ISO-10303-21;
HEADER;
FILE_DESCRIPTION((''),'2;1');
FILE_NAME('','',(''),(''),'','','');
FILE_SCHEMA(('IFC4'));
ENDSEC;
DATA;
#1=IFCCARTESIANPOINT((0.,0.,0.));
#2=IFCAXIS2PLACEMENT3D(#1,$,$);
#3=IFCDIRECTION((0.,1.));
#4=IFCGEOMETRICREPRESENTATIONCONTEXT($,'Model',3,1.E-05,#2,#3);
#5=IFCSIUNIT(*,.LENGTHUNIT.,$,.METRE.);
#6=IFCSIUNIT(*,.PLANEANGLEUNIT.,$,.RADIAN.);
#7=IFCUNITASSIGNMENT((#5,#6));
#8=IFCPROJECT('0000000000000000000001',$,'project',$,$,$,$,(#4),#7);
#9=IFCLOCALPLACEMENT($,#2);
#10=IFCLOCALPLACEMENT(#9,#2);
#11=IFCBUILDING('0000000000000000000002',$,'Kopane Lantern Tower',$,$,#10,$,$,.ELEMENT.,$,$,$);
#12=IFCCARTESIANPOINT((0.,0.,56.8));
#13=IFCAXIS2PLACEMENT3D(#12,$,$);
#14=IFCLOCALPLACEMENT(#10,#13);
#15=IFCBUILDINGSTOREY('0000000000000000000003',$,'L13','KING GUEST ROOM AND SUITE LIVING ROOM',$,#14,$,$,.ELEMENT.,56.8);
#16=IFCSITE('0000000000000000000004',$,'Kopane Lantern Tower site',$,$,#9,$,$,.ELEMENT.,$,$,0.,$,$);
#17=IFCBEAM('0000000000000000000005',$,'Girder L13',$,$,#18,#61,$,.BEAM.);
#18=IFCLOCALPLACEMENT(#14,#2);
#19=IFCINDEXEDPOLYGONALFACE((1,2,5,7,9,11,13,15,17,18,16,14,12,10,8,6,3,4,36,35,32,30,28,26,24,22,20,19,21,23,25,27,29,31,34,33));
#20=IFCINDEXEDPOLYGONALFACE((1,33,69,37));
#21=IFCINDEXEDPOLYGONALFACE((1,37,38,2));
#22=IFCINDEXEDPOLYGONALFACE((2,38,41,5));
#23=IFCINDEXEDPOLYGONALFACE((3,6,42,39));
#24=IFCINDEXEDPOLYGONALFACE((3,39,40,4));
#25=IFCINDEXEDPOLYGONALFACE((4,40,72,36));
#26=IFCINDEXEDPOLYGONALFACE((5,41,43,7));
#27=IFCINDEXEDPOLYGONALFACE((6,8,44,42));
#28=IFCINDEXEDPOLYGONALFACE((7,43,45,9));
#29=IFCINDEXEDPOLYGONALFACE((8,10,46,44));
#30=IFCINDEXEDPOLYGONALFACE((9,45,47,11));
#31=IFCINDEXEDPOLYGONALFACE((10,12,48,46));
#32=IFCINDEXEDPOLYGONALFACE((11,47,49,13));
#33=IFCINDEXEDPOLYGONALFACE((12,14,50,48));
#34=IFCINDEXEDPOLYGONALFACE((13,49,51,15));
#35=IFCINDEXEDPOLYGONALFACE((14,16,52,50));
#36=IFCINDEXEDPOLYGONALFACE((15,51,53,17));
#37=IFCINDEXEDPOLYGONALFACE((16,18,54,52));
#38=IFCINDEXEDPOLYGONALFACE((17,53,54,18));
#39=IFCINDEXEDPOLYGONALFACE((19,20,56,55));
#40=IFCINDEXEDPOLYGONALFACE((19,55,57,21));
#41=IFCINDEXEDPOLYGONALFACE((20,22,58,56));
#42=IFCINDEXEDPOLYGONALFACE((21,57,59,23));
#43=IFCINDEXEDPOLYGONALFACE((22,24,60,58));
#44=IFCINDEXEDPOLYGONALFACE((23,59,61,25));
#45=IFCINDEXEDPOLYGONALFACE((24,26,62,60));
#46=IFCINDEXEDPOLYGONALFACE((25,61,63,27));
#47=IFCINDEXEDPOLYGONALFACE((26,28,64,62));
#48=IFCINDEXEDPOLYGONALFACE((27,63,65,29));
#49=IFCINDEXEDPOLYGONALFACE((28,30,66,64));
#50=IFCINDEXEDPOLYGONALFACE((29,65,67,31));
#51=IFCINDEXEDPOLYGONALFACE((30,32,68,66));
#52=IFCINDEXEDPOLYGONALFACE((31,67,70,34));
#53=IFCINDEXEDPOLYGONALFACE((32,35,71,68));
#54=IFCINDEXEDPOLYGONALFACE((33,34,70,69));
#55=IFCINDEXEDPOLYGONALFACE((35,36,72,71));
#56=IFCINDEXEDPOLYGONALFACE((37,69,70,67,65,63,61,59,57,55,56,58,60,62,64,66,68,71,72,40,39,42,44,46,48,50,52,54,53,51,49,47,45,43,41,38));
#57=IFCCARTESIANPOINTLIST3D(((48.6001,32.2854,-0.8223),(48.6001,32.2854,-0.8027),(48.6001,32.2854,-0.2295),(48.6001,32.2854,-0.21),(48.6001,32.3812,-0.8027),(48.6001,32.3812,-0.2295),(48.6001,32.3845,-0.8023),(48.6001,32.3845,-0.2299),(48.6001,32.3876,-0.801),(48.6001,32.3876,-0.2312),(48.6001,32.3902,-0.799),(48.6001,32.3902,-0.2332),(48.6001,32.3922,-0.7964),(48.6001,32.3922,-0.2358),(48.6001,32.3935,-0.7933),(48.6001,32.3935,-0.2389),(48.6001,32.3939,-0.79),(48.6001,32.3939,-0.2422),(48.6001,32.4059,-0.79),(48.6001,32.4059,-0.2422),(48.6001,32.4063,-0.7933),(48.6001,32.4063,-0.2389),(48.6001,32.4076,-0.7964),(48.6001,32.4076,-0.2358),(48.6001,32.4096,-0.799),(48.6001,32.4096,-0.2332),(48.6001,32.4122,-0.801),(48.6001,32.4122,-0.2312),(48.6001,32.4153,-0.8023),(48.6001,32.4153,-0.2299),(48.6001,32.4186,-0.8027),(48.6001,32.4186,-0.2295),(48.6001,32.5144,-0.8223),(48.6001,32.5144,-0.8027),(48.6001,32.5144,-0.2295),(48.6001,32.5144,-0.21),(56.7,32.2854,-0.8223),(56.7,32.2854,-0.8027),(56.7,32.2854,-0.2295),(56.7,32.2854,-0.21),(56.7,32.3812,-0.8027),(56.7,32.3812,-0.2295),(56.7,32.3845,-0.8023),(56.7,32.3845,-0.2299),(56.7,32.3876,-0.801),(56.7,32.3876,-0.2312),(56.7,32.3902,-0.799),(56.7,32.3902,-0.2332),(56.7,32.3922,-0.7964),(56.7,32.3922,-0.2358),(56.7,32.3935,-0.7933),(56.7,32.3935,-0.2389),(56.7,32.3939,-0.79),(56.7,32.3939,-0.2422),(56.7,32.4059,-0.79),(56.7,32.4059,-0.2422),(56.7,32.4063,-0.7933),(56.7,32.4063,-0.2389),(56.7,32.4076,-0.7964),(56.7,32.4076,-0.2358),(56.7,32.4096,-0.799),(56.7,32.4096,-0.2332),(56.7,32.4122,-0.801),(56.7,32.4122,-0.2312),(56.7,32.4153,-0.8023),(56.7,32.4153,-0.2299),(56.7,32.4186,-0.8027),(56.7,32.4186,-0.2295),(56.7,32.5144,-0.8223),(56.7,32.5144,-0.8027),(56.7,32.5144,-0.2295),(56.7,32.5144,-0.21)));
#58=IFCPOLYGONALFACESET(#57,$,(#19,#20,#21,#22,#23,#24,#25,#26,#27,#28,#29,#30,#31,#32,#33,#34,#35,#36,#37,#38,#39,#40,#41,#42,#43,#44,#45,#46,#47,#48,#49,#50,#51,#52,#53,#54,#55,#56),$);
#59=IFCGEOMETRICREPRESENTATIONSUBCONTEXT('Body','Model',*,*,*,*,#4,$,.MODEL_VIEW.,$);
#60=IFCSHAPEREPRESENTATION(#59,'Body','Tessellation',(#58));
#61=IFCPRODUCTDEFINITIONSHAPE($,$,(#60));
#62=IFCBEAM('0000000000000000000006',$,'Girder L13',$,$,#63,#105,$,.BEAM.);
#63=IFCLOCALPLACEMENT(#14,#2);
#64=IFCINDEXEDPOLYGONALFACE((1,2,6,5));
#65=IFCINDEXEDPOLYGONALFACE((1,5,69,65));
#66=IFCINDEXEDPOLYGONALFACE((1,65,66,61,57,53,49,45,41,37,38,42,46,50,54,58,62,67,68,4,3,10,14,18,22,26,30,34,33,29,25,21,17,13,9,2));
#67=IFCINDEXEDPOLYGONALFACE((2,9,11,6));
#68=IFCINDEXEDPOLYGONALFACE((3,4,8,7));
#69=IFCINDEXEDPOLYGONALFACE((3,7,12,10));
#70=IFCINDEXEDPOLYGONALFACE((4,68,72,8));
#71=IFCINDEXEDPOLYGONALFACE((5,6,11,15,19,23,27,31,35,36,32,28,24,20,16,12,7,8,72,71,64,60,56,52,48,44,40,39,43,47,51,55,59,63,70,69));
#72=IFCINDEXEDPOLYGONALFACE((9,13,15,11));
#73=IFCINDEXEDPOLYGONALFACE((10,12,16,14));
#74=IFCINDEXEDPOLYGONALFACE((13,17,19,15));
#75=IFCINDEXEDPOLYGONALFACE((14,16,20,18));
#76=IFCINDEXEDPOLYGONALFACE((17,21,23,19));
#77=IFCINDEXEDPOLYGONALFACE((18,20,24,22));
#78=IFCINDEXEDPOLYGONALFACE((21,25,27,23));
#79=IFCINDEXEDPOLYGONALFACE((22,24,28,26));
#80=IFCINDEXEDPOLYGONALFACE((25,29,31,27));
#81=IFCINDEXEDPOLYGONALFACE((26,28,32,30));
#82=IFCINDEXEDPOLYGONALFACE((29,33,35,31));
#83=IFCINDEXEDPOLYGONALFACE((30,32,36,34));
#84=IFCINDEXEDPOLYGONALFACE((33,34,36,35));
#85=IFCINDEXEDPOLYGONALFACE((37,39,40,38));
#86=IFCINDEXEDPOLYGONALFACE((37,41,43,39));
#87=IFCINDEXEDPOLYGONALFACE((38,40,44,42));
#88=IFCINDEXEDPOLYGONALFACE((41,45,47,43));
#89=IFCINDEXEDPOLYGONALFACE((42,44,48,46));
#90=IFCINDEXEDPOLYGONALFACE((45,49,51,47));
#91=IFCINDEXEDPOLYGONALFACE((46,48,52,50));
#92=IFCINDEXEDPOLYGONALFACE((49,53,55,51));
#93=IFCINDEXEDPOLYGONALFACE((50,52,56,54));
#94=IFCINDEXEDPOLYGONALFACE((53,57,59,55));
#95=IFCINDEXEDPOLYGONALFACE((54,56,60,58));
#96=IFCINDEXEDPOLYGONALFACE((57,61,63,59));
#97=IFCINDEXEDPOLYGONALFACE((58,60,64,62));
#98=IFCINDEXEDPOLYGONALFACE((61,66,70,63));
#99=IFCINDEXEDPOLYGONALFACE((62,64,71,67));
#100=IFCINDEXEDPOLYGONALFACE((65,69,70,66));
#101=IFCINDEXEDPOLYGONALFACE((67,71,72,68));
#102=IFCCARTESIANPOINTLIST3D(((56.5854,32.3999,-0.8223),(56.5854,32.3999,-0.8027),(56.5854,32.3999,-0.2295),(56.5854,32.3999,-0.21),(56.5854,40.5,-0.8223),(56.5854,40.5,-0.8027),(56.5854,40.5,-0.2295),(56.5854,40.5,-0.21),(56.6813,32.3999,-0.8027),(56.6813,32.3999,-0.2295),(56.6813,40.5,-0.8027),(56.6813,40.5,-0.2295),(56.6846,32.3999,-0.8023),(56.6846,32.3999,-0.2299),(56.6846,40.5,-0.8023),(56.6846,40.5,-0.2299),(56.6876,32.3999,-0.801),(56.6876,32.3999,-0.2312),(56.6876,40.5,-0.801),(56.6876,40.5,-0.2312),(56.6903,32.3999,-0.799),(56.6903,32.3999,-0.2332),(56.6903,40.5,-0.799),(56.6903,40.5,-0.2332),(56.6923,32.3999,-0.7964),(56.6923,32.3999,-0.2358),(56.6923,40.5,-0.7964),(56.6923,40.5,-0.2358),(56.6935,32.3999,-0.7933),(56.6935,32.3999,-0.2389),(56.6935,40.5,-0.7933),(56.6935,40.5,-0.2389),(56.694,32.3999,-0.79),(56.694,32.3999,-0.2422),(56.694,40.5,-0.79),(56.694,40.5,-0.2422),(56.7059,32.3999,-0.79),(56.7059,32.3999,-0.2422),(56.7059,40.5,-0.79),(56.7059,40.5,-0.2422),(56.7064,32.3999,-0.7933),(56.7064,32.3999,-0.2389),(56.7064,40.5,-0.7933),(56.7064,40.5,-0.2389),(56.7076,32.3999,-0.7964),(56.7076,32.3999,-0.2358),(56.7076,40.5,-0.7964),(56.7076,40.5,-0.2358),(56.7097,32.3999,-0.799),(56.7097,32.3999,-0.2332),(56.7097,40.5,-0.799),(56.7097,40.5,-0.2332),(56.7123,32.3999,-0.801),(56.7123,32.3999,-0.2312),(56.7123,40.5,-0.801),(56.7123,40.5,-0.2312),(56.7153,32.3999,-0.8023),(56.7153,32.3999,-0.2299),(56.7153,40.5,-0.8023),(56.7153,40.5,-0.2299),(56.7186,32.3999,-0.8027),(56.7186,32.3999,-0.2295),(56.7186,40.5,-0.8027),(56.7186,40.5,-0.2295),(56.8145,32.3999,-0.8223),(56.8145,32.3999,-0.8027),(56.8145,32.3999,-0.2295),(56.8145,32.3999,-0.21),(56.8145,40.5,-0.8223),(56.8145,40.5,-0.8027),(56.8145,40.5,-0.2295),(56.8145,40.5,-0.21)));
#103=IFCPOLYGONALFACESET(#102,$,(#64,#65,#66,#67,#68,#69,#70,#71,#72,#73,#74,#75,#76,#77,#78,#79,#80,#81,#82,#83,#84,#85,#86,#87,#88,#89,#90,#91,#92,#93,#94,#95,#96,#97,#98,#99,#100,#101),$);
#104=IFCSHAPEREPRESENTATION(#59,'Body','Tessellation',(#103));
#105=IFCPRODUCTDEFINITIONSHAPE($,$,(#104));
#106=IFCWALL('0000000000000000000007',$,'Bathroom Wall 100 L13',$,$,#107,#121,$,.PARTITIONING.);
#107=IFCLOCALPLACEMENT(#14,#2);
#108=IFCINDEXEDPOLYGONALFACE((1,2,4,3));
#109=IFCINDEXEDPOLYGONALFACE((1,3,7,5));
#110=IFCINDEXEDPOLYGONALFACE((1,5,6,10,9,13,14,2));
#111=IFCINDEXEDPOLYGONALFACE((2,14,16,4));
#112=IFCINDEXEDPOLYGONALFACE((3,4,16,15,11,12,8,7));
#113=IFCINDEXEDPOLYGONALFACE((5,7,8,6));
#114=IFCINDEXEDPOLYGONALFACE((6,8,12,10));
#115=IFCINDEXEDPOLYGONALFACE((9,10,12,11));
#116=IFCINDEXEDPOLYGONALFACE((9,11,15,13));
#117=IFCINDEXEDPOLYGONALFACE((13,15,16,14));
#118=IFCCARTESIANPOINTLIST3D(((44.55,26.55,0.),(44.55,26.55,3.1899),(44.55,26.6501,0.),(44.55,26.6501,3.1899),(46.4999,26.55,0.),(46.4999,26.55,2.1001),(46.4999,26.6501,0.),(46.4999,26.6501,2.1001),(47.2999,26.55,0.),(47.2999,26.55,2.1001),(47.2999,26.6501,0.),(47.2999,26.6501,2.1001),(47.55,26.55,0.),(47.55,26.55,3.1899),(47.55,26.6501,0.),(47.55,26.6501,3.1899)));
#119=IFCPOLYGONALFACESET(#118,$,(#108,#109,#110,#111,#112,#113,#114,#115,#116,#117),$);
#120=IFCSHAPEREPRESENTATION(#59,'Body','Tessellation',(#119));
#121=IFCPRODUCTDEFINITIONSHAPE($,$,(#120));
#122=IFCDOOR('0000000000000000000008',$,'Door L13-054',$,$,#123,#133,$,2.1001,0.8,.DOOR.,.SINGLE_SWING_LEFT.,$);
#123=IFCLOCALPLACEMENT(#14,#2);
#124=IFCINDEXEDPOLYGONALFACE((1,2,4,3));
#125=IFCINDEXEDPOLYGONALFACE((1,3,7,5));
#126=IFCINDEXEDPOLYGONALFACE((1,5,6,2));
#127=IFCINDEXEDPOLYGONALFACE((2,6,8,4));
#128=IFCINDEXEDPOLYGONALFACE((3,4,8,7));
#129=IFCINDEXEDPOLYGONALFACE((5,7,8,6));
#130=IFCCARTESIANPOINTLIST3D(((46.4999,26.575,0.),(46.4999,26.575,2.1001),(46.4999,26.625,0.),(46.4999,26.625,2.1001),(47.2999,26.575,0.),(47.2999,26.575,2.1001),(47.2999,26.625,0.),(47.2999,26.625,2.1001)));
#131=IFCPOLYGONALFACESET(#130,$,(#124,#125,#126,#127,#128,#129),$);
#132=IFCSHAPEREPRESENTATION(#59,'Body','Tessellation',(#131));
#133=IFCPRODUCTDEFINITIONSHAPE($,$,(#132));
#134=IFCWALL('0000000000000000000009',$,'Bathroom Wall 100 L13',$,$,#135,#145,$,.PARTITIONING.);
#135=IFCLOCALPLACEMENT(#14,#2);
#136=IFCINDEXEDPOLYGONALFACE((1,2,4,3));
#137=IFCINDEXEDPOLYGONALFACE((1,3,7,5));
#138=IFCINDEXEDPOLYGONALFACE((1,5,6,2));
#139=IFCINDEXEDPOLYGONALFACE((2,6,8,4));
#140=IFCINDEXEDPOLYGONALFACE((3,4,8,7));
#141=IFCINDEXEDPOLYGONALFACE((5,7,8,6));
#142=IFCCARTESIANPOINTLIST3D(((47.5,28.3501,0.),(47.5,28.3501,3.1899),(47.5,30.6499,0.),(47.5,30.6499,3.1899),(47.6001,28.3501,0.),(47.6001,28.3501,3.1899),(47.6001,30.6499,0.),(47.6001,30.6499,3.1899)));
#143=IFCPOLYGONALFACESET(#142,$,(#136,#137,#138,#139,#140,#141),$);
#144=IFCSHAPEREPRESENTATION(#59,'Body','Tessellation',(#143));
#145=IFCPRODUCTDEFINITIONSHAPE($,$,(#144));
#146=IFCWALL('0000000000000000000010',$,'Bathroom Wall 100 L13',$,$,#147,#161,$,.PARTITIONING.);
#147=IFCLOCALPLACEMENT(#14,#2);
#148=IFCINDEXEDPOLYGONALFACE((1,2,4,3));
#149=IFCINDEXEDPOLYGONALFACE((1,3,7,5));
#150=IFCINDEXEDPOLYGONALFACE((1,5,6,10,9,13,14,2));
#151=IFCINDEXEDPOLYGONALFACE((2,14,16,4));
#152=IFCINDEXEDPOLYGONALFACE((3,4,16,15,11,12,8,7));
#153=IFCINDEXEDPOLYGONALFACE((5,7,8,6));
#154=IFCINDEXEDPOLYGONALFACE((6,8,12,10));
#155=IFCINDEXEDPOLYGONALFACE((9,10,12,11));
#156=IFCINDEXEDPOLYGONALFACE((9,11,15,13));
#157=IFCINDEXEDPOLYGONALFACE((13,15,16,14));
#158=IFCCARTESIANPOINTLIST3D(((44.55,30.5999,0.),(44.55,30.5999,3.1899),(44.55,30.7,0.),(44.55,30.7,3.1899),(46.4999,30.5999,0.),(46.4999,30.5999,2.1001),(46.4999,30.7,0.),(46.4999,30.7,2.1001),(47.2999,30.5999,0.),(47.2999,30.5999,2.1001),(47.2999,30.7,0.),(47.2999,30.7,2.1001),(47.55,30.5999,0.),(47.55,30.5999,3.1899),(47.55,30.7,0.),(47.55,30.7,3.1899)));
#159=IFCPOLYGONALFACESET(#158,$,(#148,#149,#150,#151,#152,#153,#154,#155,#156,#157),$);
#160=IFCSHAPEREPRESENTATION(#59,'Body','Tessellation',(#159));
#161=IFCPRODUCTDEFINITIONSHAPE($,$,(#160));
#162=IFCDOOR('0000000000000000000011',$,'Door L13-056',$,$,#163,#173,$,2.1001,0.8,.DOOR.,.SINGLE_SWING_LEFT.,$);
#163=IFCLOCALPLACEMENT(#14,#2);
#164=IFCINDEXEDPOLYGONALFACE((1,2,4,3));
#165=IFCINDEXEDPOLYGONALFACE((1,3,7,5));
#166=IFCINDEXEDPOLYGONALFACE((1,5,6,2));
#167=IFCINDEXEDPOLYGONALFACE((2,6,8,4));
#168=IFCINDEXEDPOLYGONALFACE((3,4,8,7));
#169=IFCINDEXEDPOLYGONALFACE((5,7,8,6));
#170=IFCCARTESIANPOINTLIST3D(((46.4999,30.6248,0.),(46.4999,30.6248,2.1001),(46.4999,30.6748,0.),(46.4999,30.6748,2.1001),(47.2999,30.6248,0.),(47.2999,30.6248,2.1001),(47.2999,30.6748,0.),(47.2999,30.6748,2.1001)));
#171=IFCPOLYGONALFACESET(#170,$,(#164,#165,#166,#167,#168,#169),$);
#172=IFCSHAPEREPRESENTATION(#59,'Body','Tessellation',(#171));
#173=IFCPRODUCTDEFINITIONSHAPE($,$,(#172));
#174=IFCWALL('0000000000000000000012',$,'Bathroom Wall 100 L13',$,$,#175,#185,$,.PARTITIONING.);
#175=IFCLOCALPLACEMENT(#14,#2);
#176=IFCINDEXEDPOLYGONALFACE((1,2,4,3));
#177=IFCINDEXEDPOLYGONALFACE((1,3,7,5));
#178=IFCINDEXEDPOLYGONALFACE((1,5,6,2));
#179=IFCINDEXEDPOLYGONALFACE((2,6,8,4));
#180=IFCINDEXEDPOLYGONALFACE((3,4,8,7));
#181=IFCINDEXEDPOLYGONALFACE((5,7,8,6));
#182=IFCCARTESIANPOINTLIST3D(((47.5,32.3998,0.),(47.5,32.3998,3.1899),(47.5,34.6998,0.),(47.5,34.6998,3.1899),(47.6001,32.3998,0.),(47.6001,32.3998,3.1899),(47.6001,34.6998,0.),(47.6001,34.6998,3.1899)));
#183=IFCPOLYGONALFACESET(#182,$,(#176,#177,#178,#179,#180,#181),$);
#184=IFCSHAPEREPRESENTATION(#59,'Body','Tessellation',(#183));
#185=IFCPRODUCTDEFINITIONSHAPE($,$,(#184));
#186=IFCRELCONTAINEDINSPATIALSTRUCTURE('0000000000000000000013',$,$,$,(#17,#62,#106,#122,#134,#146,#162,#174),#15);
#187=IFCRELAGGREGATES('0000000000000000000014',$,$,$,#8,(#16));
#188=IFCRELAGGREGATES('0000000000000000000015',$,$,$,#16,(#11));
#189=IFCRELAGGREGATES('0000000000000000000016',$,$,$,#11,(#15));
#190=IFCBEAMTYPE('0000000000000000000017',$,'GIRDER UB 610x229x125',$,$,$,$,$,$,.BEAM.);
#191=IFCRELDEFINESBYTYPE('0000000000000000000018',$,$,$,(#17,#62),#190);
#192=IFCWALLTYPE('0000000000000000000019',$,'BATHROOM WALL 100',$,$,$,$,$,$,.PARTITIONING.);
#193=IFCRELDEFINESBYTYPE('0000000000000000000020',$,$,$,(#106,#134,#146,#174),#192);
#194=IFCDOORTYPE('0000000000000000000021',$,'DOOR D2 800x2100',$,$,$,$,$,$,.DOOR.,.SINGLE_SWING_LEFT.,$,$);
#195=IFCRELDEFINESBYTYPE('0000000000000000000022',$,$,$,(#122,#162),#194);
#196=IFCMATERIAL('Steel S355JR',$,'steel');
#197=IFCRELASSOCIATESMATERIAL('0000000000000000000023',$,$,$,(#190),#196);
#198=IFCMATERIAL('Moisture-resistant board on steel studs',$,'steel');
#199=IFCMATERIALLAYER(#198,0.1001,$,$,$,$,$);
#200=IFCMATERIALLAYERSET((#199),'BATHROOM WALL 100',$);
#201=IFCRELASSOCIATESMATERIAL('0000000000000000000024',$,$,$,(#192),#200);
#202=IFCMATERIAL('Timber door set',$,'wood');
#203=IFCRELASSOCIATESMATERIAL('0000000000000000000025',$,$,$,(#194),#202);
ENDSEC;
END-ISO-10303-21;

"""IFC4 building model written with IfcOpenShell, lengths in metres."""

from ifc_helpers import new_model, si_unit, direction, frame, frame_2d, origin, origin_2d, place, context, subcontext, project, spatial, rectangle, i_section, extrude, material, layer, layer_set, material_profile, profile_set, type_object, element, fill, save


model = new_model("IFC4")

# Units and contexts
model_context = context("Model", 3, precision=1e-05, world=origin(), true_north=direction((0.0, 1.0)))
body_context = subcontext(model_context, "Body", "Model", "MODEL_VIEW")
ifc_project = project(units=[si_unit("LENGTHUNIT", "METRE"), si_unit("PLANEANGLEUNIT", "RADIAN")], contexts=[model_context])

# Site, building, storey
site_placement = place(None, origin())
site = spatial("IfcSite", under=ifc_project, at=site_placement, Name="Kopane Lantern Tower site", CompositionType="ELEMENT", RefElevation=0.0)
building_placement = place(site_placement, origin())
building = spatial("IfcBuilding", under=site, at=building_placement, Name="Kopane Lantern Tower", CompositionType="ELEMENT")
storey_placement = place(building_placement, frame((0.0, 0.0, 56.8)))
storey = spatial("IfcBuildingStorey", under=building, at=storey_placement, Name="L13", Description="KING GUEST ROOM AND SUITE LIVING ROOM", CompositionType="ELEMENT", Elevation=56.8)

# Beams
ifc_material_1 = material(Name="Steel S355JR", Category="steel")
ifc_material_profile_1 = material_profile(ifc_material_1, i_section(OverallWidth=0.229, OverallDepth=0.6123, WebThickness=0.012, FlangeThickness=0.0195, FilletRadius=0.0127, at=origin_2d()), Name="UB 610x229x125")
ifc_profile_set_1 = profile_set([ifc_material_profile_1], Name="Steel S355JR")
beam_type = type_object("IfcBeamType", Name="GIRDER UB 610x229x125", PredefinedType="BEAM", material=ifc_profile_set_1)
beam_1_placement = place(storey_placement, frame((48.6001, 32.3999, -0.5161), z_axis=(1.0, 0.0, 0.0), x_axis=(0.0, 1.0, 0.0)))
element("IfcBeam", 1, at=beam_1_placement, inside=storey, type_object=beam_type, Name="Girder L13", PredefinedType="BEAM", context=body_context, shape_type="SweptSolid", body=[
    extrude(i_section(OverallWidth=0.229, OverallDepth=0.6123, WebThickness=0.012, FlangeThickness=0.0195, FilletRadius=0.0127, at=origin_2d()), origin(), (0.0, 0.0, 1.0), 8.0999),
])
beam_2_placement = place(storey_placement, frame((56.7, 32.3999, -0.5161), z_axis=(0.0, 1.0, 0.0), x_axis=(-1.0, 0.0, 0.0)))
element("IfcBeam", 2, at=beam_2_placement, inside=storey, type_object=beam_type, Name="Girder L13", PredefinedType="BEAM", context=body_context, shape_type="SweptSolid", body=[
    extrude(i_section(OverallWidth=0.229, OverallDepth=0.6123, WebThickness=0.012, FlangeThickness=0.0195, FilletRadius=0.0127, at=origin_2d()), origin(), (0.0, 0.0, 1.0), 8.1001),
])

# Wall, opening, door
ifc_material_2 = material(Name="Moisture-resistant board on steel studs", Category="steel")
ifc_layer_1 = layer(ifc_material_2, 0.1001)
ifc_layer_set_1 = layer_set([ifc_layer_1], Name="BATHROOM WALL 100")
wall_type_1 = type_object("IfcWallType", Name="BATHROOM WALL 100", PredefinedType="PARTITIONING", material=ifc_layer_set_1)
wall_1_placement = place(storey_placement, frame((44.55, 26.6001, 0.0), z_axis=(0.0, 0.0, 1.0), x_axis=(1.0, 0.0, 0.0)))
wall_1 = element("IfcWall", 3, at=wall_1_placement, inside=storey, type_object=wall_type_1, Name="Bathroom Wall 100 L13", PredefinedType="PARTITIONING", context=body_context, shape_type="SweptSolid", body=[
    extrude(rectangle(XDim=3.0, YDim=0.1001, at=frame_2d((1.5, 0.0))), origin(), (0.0, 0.0, 1.0), 3.1899),
])
opening_1_placement = place(wall_1_placement, frame((1.95, 0.0, 0.0)))
opening_1 = element("IfcOpeningElement", 4, at=opening_1_placement, cuts=wall_1, PredefinedType="OPENING", context=body_context, shape_type="SweptSolid", body=[
    extrude(rectangle(XDim=0.8, YDim=2.1001, at=frame_2d((0.3999, 1.05))), frame((0.0, 0.0601, 0.0), z_axis=(0.0, -1.0, 0.0), x_axis=(1.0, 0.0, 0.0)), (0.0, 0.0, 1.0), 0.1201),
])
ifc_material_3 = material(Name="Timber door set", Category="wood")
door_type = type_object("IfcDoorType", Name="DOOR D2 800x2100", OperationType="SINGLE_SWING_LEFT", PredefinedType="DOOR", material=ifc_material_3)
door_1_placement = place(opening_1_placement, origin())
door_1 = element("IfcDoor", 5, at=door_1_placement, inside=storey, type_object=door_type, Name="Door L13-054", OperationType="SINGLE_SWING_LEFT", OverallHeight=2.1001, OverallWidth=0.8, PredefinedType="DOOR", context=body_context, shape_type="SweptSolid", body=[
    extrude(rectangle(XDim=0.8, YDim=2.1001, at=frame_2d((0.3999, 1.05))), frame((0.0, 0.0249, 0.0), z_axis=(0.0, -1.0, 0.0), x_axis=(1.0, 0.0, 0.0)), (0.0, 0.0, 1.0), 0.05),
])
fill(opening_1, door_1)

# Wall
wall_2_placement = place(storey_placement, frame((47.55, 28.3501, 0.0), z_axis=(0.0, 0.0, 1.0), x_axis=(0.0, 1.0, 0.0)))
element("IfcWall", 6, at=wall_2_placement, inside=storey, type_object=wall_type_1, Name="Bathroom Wall 100 L13", PredefinedType="PARTITIONING", context=body_context, shape_type="SweptSolid", body=[
    extrude(rectangle(XDim=2.2998, YDim=0.1001, at=frame_2d((1.1499, 0.0))), origin(), (0.0, 0.0, 1.0), 3.1899),
])

# Wall, opening, door
wall_3_placement = place(storey_placement, frame((44.55, 30.6499, 0.0), z_axis=(0.0, 0.0, 1.0), x_axis=(1.0, 0.0, 0.0)))
wall_3 = element("IfcWall", 7, at=wall_3_placement, inside=storey, type_object=wall_type_1, Name="Bathroom Wall 100 L13", PredefinedType="PARTITIONING", context=body_context, shape_type="SweptSolid", body=[
    extrude(rectangle(XDim=3.0, YDim=0.1001, at=frame_2d((1.5, 0.0))), origin(), (0.0, 0.0, 1.0), 3.1899),
])
opening_2_placement = place(wall_3_placement, frame((1.95, 0.0, 0.0)))
opening_2 = element("IfcOpeningElement", 8, at=opening_2_placement, cuts=wall_3, PredefinedType="OPENING", context=body_context, shape_type="SweptSolid", body=[
    extrude(rectangle(XDim=0.8, YDim=2.1001, at=frame_2d((0.3999, 1.05))), frame((0.0, 0.0601, 0.0), z_axis=(0.0, -1.0, 0.0), x_axis=(1.0, 0.0, 0.0)), (0.0, 0.0, 1.0), 0.1201),
])
door_2_placement = place(opening_2_placement, origin())
door_2 = element("IfcDoor", 9, at=door_2_placement, inside=storey, type_object=door_type, Name="Door L13-056", OperationType="SINGLE_SWING_LEFT", OverallHeight=2.1001, OverallWidth=0.8, PredefinedType="DOOR", context=body_context, shape_type="SweptSolid", body=[
    extrude(rectangle(XDim=0.8, YDim=2.1001, at=frame_2d((0.3999, 1.05))), frame((0.0, 0.0249, 0.0), z_axis=(0.0, -1.0, 0.0), x_axis=(1.0, 0.0, 0.0)), (0.0, 0.0, 1.0), 0.05),
])
fill(opening_2, door_2)

# Wall
wall_4_placement = place(storey_placement, frame((47.55, 32.3999, 0.0), z_axis=(0.0, 0.0, 1.0), x_axis=(0.0, 1.0, 0.0)))
element("IfcWall", 10, at=wall_4_placement, inside=storey, type_object=wall_type_1, Name="Bathroom Wall 100 L13", PredefinedType="PARTITIONING", context=body_context, shape_type="SweptSolid", body=[
    extrude(rectangle(XDim=2.3, YDim=0.1001, at=frame_2d((1.1499, 0.0))), origin(), (0.0, 0.0, 1.0), 3.1899),
])

save(model, "model.ifc")
